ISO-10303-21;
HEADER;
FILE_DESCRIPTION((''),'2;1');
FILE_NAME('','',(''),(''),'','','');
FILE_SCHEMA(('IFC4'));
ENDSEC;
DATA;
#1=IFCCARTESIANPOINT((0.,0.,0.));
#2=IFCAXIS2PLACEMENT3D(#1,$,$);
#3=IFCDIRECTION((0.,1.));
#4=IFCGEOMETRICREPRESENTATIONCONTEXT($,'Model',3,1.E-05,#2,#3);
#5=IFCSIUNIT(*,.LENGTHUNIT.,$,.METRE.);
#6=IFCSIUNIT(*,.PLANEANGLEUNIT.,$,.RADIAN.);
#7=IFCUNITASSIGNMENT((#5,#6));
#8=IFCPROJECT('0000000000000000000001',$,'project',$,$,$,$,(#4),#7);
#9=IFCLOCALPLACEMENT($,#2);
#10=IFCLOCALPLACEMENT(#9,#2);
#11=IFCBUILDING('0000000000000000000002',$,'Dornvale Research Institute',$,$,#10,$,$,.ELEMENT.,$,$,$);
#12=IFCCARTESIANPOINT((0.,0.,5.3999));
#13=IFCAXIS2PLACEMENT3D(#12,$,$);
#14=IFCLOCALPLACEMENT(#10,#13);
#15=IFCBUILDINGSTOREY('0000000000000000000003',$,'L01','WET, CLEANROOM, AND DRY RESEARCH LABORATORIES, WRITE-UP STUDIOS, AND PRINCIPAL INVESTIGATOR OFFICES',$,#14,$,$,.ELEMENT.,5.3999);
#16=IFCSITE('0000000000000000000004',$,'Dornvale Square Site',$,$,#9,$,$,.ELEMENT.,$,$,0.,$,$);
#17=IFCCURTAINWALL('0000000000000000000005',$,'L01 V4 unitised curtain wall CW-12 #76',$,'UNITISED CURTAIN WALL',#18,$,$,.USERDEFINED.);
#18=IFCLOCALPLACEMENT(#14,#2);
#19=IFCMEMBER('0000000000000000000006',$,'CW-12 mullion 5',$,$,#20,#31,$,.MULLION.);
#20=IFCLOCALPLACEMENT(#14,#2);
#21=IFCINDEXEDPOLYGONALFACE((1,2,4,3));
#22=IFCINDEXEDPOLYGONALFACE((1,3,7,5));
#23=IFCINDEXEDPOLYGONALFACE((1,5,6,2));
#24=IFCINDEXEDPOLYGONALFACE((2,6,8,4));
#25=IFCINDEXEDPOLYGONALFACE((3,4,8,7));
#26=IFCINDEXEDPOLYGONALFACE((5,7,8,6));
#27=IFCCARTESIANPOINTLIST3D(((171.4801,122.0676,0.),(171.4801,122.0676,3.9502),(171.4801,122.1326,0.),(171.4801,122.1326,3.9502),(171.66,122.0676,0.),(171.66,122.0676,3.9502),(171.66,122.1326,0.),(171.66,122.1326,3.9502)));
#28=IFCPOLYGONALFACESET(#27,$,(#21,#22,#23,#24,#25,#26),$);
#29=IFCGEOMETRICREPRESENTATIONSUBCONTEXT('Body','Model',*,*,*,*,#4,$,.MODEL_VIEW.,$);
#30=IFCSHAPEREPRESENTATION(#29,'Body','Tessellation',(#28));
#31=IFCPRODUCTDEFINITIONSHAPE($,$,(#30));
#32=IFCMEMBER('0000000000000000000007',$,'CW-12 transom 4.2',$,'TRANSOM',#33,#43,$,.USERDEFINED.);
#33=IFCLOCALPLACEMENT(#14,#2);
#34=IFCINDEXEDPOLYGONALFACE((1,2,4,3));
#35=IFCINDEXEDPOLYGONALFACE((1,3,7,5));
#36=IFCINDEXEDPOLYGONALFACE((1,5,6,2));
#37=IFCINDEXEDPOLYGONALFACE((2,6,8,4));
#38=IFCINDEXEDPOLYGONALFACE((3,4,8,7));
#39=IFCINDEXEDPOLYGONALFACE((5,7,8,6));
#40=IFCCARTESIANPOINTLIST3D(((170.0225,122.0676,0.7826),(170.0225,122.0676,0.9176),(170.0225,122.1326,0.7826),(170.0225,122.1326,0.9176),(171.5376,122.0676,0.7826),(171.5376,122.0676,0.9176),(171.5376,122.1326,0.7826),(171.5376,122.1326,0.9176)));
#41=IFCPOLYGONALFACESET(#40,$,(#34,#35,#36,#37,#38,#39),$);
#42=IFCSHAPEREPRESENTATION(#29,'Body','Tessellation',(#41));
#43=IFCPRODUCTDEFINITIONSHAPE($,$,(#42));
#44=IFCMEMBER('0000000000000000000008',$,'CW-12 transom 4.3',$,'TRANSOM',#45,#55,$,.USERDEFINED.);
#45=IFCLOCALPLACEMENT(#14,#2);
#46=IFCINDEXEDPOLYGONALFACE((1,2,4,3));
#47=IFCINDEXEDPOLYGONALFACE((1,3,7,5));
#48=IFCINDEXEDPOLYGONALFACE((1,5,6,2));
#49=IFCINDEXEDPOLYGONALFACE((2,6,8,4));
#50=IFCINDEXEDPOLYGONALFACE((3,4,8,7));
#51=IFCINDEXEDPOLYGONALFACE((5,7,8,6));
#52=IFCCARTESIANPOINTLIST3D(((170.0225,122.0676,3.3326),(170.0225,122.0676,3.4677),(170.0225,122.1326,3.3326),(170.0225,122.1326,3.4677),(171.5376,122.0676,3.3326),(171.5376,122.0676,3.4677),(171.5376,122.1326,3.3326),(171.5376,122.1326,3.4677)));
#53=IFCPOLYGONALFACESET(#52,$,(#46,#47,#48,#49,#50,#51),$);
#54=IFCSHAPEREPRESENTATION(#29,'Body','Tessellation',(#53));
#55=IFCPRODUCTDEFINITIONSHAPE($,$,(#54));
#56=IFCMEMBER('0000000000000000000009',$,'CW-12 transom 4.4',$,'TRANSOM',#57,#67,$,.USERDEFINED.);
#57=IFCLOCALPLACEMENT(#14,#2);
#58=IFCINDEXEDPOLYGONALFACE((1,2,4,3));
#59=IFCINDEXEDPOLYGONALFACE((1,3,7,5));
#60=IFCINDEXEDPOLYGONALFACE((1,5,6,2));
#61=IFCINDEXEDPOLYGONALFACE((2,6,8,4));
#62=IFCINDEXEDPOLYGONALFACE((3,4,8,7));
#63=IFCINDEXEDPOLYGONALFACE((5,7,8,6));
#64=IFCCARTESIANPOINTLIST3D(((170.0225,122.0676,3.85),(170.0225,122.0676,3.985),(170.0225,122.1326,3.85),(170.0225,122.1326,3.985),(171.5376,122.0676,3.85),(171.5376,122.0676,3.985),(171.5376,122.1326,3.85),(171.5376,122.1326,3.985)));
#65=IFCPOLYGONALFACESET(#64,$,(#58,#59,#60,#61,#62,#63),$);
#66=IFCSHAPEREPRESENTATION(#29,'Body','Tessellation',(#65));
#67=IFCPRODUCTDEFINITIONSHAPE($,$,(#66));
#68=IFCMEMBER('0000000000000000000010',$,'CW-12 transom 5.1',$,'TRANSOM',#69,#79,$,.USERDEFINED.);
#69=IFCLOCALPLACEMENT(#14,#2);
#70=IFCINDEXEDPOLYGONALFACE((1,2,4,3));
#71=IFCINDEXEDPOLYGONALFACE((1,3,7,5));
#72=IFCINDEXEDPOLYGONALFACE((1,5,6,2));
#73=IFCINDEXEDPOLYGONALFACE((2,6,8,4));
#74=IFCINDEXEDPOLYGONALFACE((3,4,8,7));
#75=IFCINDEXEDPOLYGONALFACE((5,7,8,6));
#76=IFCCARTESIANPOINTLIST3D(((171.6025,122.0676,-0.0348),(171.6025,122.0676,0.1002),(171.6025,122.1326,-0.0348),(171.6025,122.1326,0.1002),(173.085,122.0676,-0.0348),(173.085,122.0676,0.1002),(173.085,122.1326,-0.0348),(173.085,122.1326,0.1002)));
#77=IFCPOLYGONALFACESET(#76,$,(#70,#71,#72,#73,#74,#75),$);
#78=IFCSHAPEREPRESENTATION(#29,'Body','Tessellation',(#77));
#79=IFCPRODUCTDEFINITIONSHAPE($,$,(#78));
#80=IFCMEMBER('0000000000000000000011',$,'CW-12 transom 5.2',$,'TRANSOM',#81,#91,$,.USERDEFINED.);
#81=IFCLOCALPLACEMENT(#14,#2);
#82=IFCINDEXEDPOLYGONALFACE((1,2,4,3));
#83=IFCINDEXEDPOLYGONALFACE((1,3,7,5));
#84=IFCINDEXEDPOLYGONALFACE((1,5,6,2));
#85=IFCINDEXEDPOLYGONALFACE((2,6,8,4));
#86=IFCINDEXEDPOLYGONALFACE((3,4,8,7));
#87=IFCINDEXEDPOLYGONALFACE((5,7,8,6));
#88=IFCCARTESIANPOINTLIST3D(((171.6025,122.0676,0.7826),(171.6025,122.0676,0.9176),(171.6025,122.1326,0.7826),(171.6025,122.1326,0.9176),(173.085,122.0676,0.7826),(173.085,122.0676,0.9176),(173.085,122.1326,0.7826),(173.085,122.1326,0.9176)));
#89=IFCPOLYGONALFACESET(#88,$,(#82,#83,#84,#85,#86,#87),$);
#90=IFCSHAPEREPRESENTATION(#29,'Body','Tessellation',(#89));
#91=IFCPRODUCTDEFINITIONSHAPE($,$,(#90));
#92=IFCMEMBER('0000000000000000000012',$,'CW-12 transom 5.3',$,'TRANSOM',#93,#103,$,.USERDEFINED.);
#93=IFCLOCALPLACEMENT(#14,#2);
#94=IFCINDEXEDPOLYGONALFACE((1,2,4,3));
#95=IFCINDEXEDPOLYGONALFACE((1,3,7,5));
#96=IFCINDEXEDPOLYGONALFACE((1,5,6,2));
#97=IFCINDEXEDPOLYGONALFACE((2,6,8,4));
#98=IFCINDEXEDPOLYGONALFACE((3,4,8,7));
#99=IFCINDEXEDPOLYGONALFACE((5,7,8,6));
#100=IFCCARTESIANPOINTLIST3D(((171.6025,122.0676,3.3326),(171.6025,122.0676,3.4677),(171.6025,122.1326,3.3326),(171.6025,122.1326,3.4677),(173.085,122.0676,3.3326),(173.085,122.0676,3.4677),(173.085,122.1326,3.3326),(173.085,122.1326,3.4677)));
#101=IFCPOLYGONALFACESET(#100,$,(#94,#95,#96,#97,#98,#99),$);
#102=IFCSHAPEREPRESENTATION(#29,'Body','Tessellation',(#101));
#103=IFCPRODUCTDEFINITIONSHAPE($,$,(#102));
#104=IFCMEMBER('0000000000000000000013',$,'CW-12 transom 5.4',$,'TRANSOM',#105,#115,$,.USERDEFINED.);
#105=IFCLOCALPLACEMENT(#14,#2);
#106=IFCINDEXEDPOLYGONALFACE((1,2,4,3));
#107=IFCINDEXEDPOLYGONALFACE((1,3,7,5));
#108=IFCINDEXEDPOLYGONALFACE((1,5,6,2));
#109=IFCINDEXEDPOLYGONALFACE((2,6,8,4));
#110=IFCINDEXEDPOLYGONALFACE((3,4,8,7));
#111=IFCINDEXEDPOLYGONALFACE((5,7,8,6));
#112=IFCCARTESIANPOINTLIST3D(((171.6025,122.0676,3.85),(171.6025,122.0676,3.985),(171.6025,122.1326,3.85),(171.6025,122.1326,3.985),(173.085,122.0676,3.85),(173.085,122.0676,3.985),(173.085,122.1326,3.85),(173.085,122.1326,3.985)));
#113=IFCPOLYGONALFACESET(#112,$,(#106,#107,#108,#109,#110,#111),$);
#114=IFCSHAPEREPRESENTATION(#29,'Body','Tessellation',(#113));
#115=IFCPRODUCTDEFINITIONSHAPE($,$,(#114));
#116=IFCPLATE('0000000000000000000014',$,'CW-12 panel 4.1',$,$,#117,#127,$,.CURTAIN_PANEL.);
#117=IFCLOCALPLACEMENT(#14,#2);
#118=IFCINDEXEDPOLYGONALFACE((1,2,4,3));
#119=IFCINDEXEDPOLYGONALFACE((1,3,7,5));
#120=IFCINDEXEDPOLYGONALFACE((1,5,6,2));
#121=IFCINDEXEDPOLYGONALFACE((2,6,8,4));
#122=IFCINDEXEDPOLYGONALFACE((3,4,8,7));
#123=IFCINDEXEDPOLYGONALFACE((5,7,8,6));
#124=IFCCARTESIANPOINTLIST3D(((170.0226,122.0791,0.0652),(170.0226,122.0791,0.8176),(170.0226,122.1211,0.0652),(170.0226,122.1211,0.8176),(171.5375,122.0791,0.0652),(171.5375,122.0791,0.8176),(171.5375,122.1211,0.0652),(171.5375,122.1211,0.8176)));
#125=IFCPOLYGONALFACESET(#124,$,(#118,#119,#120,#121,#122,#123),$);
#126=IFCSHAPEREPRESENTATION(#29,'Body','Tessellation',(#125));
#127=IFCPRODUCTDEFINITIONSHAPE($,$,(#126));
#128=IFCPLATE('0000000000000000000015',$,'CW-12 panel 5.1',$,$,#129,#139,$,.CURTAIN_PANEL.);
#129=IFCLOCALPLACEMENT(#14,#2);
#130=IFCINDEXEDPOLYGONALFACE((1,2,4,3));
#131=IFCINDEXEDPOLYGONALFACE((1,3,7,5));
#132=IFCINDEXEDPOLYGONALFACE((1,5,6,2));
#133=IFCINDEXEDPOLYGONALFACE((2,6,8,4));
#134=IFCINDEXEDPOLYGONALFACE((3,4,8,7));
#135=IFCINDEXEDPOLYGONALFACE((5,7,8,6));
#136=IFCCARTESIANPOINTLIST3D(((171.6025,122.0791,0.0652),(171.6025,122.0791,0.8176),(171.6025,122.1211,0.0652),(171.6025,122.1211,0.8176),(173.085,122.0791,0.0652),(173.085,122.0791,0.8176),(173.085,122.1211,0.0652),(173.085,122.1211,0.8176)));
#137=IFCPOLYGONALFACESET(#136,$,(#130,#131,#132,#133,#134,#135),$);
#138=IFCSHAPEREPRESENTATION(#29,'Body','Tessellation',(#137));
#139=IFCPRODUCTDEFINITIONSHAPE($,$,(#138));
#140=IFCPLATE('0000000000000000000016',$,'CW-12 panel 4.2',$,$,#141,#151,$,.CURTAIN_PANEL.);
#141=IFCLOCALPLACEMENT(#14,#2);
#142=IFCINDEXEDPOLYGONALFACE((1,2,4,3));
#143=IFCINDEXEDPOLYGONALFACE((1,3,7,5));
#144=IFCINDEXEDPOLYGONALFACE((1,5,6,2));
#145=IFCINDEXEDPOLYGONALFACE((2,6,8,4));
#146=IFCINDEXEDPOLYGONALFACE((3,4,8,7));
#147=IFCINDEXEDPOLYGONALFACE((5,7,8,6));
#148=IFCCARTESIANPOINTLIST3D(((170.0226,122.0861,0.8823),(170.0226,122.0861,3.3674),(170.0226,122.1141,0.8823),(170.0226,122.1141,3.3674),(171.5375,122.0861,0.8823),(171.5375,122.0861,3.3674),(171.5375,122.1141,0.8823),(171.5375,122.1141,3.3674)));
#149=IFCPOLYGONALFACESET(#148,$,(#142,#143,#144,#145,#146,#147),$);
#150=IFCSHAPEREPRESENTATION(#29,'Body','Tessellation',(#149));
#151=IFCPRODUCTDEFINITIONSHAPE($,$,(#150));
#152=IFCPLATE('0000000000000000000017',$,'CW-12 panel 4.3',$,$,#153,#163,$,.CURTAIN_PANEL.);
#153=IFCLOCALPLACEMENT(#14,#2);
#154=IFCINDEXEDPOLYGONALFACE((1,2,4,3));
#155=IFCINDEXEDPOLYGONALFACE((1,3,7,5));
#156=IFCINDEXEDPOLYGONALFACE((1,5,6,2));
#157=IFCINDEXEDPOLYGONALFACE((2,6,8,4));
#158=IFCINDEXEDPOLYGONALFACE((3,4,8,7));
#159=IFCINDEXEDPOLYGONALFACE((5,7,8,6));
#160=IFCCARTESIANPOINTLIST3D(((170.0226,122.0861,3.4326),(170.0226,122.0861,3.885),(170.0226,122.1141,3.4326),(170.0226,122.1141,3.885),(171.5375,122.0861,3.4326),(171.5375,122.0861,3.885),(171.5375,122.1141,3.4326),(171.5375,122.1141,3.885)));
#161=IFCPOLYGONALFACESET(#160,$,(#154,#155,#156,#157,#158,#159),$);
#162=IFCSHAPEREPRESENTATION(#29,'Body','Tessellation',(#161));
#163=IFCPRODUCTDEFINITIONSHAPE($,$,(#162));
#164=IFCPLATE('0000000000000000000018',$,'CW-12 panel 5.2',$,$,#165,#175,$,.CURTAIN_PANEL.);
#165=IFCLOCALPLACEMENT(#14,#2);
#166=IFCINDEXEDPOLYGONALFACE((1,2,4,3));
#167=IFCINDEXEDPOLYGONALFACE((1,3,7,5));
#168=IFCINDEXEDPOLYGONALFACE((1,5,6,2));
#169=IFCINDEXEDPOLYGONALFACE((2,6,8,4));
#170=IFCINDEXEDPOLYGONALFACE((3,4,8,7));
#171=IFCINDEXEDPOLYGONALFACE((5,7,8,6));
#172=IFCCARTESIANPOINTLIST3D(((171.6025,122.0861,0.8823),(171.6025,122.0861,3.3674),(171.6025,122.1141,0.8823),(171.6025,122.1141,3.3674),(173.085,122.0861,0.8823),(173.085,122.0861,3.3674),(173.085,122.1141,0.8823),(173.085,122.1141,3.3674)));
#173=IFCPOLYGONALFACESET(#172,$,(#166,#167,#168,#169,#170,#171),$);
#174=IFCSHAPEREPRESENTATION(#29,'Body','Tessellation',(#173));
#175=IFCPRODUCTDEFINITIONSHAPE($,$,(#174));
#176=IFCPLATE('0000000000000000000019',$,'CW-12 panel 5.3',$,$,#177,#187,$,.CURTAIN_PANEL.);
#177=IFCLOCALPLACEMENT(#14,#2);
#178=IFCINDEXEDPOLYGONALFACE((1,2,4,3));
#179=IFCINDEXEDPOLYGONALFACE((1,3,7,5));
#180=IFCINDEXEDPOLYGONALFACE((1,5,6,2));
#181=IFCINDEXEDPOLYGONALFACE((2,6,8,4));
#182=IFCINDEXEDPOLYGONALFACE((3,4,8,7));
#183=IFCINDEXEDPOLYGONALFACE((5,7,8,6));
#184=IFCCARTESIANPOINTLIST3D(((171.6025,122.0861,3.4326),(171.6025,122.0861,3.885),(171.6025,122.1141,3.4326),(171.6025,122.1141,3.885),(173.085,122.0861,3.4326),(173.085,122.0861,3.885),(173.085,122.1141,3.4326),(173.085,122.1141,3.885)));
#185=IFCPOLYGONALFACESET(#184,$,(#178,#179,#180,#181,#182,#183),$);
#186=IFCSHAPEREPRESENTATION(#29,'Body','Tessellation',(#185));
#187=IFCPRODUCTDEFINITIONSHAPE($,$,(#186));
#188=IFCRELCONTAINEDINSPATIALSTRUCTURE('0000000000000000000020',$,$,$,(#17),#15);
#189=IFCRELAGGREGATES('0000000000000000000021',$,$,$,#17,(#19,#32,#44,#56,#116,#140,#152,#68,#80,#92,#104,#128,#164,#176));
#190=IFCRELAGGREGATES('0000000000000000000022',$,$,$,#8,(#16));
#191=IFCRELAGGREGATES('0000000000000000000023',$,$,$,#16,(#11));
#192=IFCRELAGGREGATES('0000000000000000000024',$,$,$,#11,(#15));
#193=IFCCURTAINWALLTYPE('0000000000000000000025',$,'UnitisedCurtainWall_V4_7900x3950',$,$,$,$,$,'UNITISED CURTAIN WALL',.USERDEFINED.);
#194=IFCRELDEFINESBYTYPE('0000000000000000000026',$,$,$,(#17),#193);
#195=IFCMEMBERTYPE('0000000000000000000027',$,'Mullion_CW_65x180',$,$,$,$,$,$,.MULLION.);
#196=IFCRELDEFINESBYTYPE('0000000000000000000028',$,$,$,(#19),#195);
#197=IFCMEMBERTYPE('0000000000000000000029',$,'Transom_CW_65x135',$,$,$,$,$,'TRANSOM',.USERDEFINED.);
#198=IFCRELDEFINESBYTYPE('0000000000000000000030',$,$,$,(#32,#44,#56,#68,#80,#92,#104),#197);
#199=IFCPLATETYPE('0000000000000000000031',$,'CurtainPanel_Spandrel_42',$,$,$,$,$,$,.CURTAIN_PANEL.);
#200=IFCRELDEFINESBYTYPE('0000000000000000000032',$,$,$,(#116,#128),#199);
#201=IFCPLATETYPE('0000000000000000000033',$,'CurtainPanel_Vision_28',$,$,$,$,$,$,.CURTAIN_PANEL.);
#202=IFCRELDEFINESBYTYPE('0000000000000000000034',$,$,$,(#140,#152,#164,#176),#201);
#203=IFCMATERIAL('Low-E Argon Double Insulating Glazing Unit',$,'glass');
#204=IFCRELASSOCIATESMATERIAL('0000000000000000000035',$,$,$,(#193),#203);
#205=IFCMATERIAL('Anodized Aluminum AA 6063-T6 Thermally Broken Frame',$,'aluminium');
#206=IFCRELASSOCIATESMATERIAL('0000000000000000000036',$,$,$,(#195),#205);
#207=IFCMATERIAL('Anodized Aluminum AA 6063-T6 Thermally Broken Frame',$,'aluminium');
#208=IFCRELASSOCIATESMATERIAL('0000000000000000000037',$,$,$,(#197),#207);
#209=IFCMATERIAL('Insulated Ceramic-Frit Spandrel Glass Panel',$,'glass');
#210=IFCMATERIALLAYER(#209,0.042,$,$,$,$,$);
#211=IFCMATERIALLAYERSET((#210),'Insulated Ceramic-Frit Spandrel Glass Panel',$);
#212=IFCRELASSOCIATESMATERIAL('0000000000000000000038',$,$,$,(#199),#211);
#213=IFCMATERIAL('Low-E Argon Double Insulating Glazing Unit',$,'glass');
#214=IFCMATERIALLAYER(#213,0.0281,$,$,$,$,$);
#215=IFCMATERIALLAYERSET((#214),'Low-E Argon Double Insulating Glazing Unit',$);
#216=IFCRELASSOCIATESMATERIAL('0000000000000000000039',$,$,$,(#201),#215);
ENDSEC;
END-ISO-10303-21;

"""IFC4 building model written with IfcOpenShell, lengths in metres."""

from ifc_helpers import new_model, si_unit, direction, frame, origin, origin_2d, place, context, subcontext, project, spatial, rectangle, extrude, material, layer, layer_set, material_profile, profile_set, type_object, element, aggregate, save


model = new_model("IFC4")

# Units and contexts
model_context = context("Model", 3, precision=1e-05, world=origin(), true_north=direction((0.0, 1.0)))
body_context = subcontext(model_context, "Body", "Model", "MODEL_VIEW")
ifc_project = project(units=[si_unit("LENGTHUNIT", "METRE"), si_unit("PLANEANGLEUNIT", "RADIAN")], contexts=[model_context])

# Site, building, storey
site_placement = place(None, origin())
site = spatial("IfcSite", under=ifc_project, at=site_placement, Name="Dornvale Square Site", CompositionType="ELEMENT", RefElevation=0.0)
building_placement = place(site_placement, origin())
building = spatial("IfcBuilding", under=site, at=building_placement, Name="Dornvale Research Institute", CompositionType="ELEMENT")
storey_placement = place(building_placement, frame((0.0, 0.0, 5.3999)))
storey = spatial("IfcBuildingStorey", under=building, at=storey_placement, Name="L01", Description="WET, CLEANROOM, AND DRY RESEARCH LABORATORIES, WRITE-UP STUDIOS, AND PRINCIPAL INVESTIGATOR OFFICES", CompositionType="ELEMENT", Elevation=5.3999)

# Curtain wall, members, plates
ifc_material_1 = material(Name="Low-E Argon Double Insulating Glazing Unit", Category="glass")
curtain_wall_type = type_object("IfcCurtainWallType", Name="UnitisedCurtainWall_V4_7900x3950", ElementType="UNITISED CURTAIN WALL", PredefinedType="USERDEFINED", material=ifc_material_1)
curtain_wall_placement = place(storey_placement, origin())
curtain_wall = element("IfcCurtainWall", 1, at=curtain_wall_placement, inside=storey, type_object=curtain_wall_type, Name="L01 V4 unitised curtain wall CW-12 #76", ObjectType="UNITISED CURTAIN WALL", PredefinedType="USERDEFINED")
ifc_material_2 = material(Name="Anodized Aluminum AA 6063-T6 Thermally Broken Frame", Category="aluminium")
ifc_material_profile_1 = material_profile(ifc_material_2, rectangle(XDim=0.0649, YDim=0.1799, at=origin_2d()), Name="ALU MULLION 65x180")
ifc_profile_set_1 = profile_set([ifc_material_profile_1], Name="Anodized Aluminum AA 6063-T6 Thermally Broken Frame")
member_type_1 = type_object("IfcMemberType", Name="Mullion_CW_65x180", PredefinedType="MULLION", material=ifc_profile_set_1)
member_1_placement = place(storey_placement, frame((171.5701, 122.1001, 0.0), z_axis=(0.0, 0.0, 1.0), x_axis=(0.0, 1.0, 0.0)))
member_1 = element("IfcMember", 2, at=member_1_placement, type_object=member_type_1, Name="CW-12 mullion 5", PredefinedType="MULLION", context=body_context, shape_type="SweptSolid", body=[
    extrude(rectangle(XDim=0.0649, YDim=0.1799, at=origin_2d()), origin(), (0.0, 0.0, 1.0), 3.9502),
])
ifc_material_3 = material(Name="Anodized Aluminum AA 6063-T6 Thermally Broken Frame", Category="aluminium")
ifc_material_profile_2 = material_profile(ifc_material_3, rectangle(XDim=0.0649, YDim=0.135, at=origin_2d()), Name="ALU TRANSOM 65x135")
ifc_profile_set_2 = profile_set([ifc_material_profile_2], Name="Anodized Aluminum AA 6063-T6 Thermally Broken Frame")
member_type_2 = type_object("IfcMemberType", Name="Transom_CW_65x135", ElementType="TRANSOM", PredefinedType="USERDEFINED", material=ifc_profile_set_2)
member_2_placement = place(storey_placement, frame((170.0225, 122.1001, 0.8501), z_axis=(1.0, 0.0, 0.0), x_axis=(0.0, 1.0, 0.0)))
member_2 = element("IfcMember", 3, at=member_2_placement, type_object=member_type_2, Name="CW-12 transom 4.2", ObjectType="TRANSOM", PredefinedType="USERDEFINED", context=body_context, shape_type="SweptSolid", body=[
    extrude(rectangle(XDim=0.0649, YDim=0.135, at=origin_2d()), origin(), (0.0, 0.0, 1.0), 1.5151),
])
member_3_placement = place(storey_placement, frame((170.0225, 122.1001, 3.4001), z_axis=(1.0, 0.0, 0.0), x_axis=(0.0, 1.0, 0.0)))
member_3 = element("IfcMember", 4, at=member_3_placement, type_object=member_type_2, Name="CW-12 transom 4.3", ObjectType="TRANSOM", PredefinedType="USERDEFINED", context=body_context, shape_type="SweptSolid", body=[
    extrude(rectangle(XDim=0.0649, YDim=0.135, at=origin_2d()), origin(), (0.0, 0.0, 1.0), 1.5151),
])
member_4_placement = place(storey_placement, frame((170.0225, 122.1001, 3.9175), z_axis=(1.0, 0.0, 0.0), x_axis=(0.0, 1.0, 0.0)))
member_4 = element("IfcMember", 5, at=member_4_placement, type_object=member_type_2, Name="CW-12 transom 4.4", ObjectType="TRANSOM", PredefinedType="USERDEFINED", context=body_context, shape_type="SweptSolid", body=[
    extrude(rectangle(XDim=0.0649, YDim=0.135, at=origin_2d()), origin(), (0.0, 0.0, 1.0), 1.5151),
])
member_5_placement = place(storey_placement, frame((171.6025, 122.1001, 0.0327), z_axis=(1.0, 0.0, 0.0), x_axis=(0.0, 1.0, 0.0)))
member_5 = element("IfcMember", 6, at=member_5_placement, type_object=member_type_2, Name="CW-12 transom 5.1", ObjectType="TRANSOM", PredefinedType="USERDEFINED", context=body_context, shape_type="SweptSolid", body=[
    extrude(rectangle(XDim=0.0649, YDim=0.135, at=origin_2d()), origin(), (0.0, 0.0, 1.0), 1.4824),
])
member_6_placement = place(storey_placement, frame((171.6025, 122.1001, 0.8501), z_axis=(1.0, 0.0, 0.0), x_axis=(0.0, 1.0, 0.0)))
member_6 = element("IfcMember", 7, at=member_6_placement, type_object=member_type_2, Name="CW-12 transom 5.2", ObjectType="TRANSOM", PredefinedType="USERDEFINED", context=body_context, shape_type="SweptSolid", body=[
    extrude(rectangle(XDim=0.0649, YDim=0.135, at=origin_2d()), origin(), (0.0, 0.0, 1.0), 1.4824),
])
member_7_placement = place(storey_placement, frame((171.6025, 122.1001, 3.4001), z_axis=(1.0, 0.0, 0.0), x_axis=(0.0, 1.0, 0.0)))
member_7 = element("IfcMember", 8, at=member_7_placement, type_object=member_type_2, Name="CW-12 transom 5.3", ObjectType="TRANSOM", PredefinedType="USERDEFINED", context=body_context, shape_type="SweptSolid", body=[
    extrude(rectangle(XDim=0.0649, YDim=0.135, at=origin_2d()), origin(), (0.0, 0.0, 1.0), 1.4824),
])
member_8_placement = place(storey_placement, frame((171.6025, 122.1001, 3.9175), z_axis=(1.0, 0.0, 0.0), x_axis=(0.0, 1.0, 0.0)))
member_8 = element("IfcMember", 9, at=member_8_placement, type_object=member_type_2, Name="CW-12 transom 5.4", ObjectType="TRANSOM", PredefinedType="USERDEFINED", context=body_context, shape_type="SweptSolid", body=[
    extrude(rectangle(XDim=0.0649, YDim=0.135, at=origin_2d()), origin(), (0.0, 0.0, 1.0), 1.4824),
])
ifc_material_4 = material(Name="Insulated Ceramic-Frit Spandrel Glass Panel", Category="glass")
ifc_layer_1 = layer(ifc_material_4, 0.042)
ifc_layer_set_1 = layer_set([ifc_layer_1], Name="Insulated Ceramic-Frit Spandrel Glass Panel")
plate_type_1 = type_object("IfcPlateType", Name="CurtainPanel_Spandrel_42", PredefinedType="CURTAIN_PANEL", material=ifc_layer_set_1)
plate_1_placement = place(storey_placement, frame((170.78, 122.1001, 0.0652), z_axis=(0.0, 0.0, 1.0), x_axis=(1.0, 0.0, 0.0)))
plate_1 = element("IfcPlate", 10, at=plate_1_placement, type_object=plate_type_1, Name="CW-12 panel 4.1", PredefinedType="CURTAIN_PANEL", context=body_context, shape_type="SweptSolid", body=[
    extrude(rectangle(XDim=1.5149, YDim=0.042, at=origin_2d()), origin(), (0.0, 0.0, 1.0), 0.7524),
])
plate_2_placement = place(storey_placement, frame((172.3438, 122.1001, 0.0652), z_axis=(0.0, 0.0, 1.0), x_axis=(1.0, 0.0, 0.0)))
plate_2 = element("IfcPlate", 11, at=plate_2_placement, type_object=plate_type_1, Name="CW-12 panel 5.1", PredefinedType="CURTAIN_PANEL", context=body_context, shape_type="SweptSolid", body=[
    extrude(rectangle(XDim=1.4824, YDim=0.042, at=origin_2d()), origin(), (0.0, 0.0, 1.0), 0.7524),
])
ifc_material_5 = material(Name="Low-E Argon Double Insulating Glazing Unit", Category="glass")
ifc_layer_2 = layer(ifc_material_5, 0.0281)
ifc_layer_set_2 = layer_set([ifc_layer_2], Name="Low-E Argon Double Insulating Glazing Unit")
plate_type_2 = type_object("IfcPlateType", Name="CurtainPanel_Vision_28", PredefinedType="CURTAIN_PANEL", material=ifc_layer_set_2)
plate_3_placement = place(storey_placement, frame((170.78, 122.1001, 0.8823), z_axis=(0.0, 0.0, 1.0), x_axis=(1.0, 0.0, 0.0)))
plate_3 = element("IfcPlate", 12, at=plate_3_placement, type_object=plate_type_2, Name="CW-12 panel 4.2", PredefinedType="CURTAIN_PANEL", context=body_context, shape_type="SweptSolid", body=[
    extrude(rectangle(XDim=1.5149, YDim=0.0281, at=origin_2d()), origin(), (0.0, 0.0, 1.0), 2.4851),
])
plate_4_placement = place(storey_placement, frame((170.78, 122.1001, 3.4326), z_axis=(0.0, 0.0, 1.0), x_axis=(1.0, 0.0, 0.0)))
plate_4 = element("IfcPlate", 13, at=plate_4_placement, type_object=plate_type_2, Name="CW-12 panel 4.3", PredefinedType="CURTAIN_PANEL", context=body_context, shape_type="SweptSolid", body=[
    extrude(rectangle(XDim=1.5149, YDim=0.0281, at=origin_2d()), origin(), (0.0, 0.0, 1.0), 0.4524),
])
plate_5_placement = place(storey_placement, frame((172.3438, 122.1001, 0.8823), z_axis=(0.0, 0.0, 1.0), x_axis=(1.0, 0.0, 0.0)))
plate_5 = element("IfcPlate", 14, at=plate_5_placement, type_object=plate_type_2, Name="CW-12 panel 5.2", PredefinedType="CURTAIN_PANEL", context=body_context, shape_type="SweptSolid", body=[
    extrude(rectangle(XDim=1.4824, YDim=0.0281, at=origin_2d()), origin(), (0.0, 0.0, 1.0), 2.4851),
])
plate_6_placement = place(storey_placement, frame((172.3438, 122.1001, 3.4326), z_axis=(0.0, 0.0, 1.0), x_axis=(1.0, 0.0, 0.0)))
plate_6 = element("IfcPlate", 15, at=plate_6_placement, type_object=plate_type_2, Name="CW-12 panel 5.3", PredefinedType="CURTAIN_PANEL", context=body_context, shape_type="SweptSolid", body=[
    extrude(rectangle(XDim=1.4824, YDim=0.0281, at=origin_2d()), origin(), (0.0, 0.0, 1.0), 0.4524),
])
aggregate(curtain_wall, [member_1, member_2, member_3, member_4, plate_1, plate_3, plate_4, member_5, member_6, member_7, member_8, plate_2, plate_5, plate_6])

save(model, "model.ifc")
